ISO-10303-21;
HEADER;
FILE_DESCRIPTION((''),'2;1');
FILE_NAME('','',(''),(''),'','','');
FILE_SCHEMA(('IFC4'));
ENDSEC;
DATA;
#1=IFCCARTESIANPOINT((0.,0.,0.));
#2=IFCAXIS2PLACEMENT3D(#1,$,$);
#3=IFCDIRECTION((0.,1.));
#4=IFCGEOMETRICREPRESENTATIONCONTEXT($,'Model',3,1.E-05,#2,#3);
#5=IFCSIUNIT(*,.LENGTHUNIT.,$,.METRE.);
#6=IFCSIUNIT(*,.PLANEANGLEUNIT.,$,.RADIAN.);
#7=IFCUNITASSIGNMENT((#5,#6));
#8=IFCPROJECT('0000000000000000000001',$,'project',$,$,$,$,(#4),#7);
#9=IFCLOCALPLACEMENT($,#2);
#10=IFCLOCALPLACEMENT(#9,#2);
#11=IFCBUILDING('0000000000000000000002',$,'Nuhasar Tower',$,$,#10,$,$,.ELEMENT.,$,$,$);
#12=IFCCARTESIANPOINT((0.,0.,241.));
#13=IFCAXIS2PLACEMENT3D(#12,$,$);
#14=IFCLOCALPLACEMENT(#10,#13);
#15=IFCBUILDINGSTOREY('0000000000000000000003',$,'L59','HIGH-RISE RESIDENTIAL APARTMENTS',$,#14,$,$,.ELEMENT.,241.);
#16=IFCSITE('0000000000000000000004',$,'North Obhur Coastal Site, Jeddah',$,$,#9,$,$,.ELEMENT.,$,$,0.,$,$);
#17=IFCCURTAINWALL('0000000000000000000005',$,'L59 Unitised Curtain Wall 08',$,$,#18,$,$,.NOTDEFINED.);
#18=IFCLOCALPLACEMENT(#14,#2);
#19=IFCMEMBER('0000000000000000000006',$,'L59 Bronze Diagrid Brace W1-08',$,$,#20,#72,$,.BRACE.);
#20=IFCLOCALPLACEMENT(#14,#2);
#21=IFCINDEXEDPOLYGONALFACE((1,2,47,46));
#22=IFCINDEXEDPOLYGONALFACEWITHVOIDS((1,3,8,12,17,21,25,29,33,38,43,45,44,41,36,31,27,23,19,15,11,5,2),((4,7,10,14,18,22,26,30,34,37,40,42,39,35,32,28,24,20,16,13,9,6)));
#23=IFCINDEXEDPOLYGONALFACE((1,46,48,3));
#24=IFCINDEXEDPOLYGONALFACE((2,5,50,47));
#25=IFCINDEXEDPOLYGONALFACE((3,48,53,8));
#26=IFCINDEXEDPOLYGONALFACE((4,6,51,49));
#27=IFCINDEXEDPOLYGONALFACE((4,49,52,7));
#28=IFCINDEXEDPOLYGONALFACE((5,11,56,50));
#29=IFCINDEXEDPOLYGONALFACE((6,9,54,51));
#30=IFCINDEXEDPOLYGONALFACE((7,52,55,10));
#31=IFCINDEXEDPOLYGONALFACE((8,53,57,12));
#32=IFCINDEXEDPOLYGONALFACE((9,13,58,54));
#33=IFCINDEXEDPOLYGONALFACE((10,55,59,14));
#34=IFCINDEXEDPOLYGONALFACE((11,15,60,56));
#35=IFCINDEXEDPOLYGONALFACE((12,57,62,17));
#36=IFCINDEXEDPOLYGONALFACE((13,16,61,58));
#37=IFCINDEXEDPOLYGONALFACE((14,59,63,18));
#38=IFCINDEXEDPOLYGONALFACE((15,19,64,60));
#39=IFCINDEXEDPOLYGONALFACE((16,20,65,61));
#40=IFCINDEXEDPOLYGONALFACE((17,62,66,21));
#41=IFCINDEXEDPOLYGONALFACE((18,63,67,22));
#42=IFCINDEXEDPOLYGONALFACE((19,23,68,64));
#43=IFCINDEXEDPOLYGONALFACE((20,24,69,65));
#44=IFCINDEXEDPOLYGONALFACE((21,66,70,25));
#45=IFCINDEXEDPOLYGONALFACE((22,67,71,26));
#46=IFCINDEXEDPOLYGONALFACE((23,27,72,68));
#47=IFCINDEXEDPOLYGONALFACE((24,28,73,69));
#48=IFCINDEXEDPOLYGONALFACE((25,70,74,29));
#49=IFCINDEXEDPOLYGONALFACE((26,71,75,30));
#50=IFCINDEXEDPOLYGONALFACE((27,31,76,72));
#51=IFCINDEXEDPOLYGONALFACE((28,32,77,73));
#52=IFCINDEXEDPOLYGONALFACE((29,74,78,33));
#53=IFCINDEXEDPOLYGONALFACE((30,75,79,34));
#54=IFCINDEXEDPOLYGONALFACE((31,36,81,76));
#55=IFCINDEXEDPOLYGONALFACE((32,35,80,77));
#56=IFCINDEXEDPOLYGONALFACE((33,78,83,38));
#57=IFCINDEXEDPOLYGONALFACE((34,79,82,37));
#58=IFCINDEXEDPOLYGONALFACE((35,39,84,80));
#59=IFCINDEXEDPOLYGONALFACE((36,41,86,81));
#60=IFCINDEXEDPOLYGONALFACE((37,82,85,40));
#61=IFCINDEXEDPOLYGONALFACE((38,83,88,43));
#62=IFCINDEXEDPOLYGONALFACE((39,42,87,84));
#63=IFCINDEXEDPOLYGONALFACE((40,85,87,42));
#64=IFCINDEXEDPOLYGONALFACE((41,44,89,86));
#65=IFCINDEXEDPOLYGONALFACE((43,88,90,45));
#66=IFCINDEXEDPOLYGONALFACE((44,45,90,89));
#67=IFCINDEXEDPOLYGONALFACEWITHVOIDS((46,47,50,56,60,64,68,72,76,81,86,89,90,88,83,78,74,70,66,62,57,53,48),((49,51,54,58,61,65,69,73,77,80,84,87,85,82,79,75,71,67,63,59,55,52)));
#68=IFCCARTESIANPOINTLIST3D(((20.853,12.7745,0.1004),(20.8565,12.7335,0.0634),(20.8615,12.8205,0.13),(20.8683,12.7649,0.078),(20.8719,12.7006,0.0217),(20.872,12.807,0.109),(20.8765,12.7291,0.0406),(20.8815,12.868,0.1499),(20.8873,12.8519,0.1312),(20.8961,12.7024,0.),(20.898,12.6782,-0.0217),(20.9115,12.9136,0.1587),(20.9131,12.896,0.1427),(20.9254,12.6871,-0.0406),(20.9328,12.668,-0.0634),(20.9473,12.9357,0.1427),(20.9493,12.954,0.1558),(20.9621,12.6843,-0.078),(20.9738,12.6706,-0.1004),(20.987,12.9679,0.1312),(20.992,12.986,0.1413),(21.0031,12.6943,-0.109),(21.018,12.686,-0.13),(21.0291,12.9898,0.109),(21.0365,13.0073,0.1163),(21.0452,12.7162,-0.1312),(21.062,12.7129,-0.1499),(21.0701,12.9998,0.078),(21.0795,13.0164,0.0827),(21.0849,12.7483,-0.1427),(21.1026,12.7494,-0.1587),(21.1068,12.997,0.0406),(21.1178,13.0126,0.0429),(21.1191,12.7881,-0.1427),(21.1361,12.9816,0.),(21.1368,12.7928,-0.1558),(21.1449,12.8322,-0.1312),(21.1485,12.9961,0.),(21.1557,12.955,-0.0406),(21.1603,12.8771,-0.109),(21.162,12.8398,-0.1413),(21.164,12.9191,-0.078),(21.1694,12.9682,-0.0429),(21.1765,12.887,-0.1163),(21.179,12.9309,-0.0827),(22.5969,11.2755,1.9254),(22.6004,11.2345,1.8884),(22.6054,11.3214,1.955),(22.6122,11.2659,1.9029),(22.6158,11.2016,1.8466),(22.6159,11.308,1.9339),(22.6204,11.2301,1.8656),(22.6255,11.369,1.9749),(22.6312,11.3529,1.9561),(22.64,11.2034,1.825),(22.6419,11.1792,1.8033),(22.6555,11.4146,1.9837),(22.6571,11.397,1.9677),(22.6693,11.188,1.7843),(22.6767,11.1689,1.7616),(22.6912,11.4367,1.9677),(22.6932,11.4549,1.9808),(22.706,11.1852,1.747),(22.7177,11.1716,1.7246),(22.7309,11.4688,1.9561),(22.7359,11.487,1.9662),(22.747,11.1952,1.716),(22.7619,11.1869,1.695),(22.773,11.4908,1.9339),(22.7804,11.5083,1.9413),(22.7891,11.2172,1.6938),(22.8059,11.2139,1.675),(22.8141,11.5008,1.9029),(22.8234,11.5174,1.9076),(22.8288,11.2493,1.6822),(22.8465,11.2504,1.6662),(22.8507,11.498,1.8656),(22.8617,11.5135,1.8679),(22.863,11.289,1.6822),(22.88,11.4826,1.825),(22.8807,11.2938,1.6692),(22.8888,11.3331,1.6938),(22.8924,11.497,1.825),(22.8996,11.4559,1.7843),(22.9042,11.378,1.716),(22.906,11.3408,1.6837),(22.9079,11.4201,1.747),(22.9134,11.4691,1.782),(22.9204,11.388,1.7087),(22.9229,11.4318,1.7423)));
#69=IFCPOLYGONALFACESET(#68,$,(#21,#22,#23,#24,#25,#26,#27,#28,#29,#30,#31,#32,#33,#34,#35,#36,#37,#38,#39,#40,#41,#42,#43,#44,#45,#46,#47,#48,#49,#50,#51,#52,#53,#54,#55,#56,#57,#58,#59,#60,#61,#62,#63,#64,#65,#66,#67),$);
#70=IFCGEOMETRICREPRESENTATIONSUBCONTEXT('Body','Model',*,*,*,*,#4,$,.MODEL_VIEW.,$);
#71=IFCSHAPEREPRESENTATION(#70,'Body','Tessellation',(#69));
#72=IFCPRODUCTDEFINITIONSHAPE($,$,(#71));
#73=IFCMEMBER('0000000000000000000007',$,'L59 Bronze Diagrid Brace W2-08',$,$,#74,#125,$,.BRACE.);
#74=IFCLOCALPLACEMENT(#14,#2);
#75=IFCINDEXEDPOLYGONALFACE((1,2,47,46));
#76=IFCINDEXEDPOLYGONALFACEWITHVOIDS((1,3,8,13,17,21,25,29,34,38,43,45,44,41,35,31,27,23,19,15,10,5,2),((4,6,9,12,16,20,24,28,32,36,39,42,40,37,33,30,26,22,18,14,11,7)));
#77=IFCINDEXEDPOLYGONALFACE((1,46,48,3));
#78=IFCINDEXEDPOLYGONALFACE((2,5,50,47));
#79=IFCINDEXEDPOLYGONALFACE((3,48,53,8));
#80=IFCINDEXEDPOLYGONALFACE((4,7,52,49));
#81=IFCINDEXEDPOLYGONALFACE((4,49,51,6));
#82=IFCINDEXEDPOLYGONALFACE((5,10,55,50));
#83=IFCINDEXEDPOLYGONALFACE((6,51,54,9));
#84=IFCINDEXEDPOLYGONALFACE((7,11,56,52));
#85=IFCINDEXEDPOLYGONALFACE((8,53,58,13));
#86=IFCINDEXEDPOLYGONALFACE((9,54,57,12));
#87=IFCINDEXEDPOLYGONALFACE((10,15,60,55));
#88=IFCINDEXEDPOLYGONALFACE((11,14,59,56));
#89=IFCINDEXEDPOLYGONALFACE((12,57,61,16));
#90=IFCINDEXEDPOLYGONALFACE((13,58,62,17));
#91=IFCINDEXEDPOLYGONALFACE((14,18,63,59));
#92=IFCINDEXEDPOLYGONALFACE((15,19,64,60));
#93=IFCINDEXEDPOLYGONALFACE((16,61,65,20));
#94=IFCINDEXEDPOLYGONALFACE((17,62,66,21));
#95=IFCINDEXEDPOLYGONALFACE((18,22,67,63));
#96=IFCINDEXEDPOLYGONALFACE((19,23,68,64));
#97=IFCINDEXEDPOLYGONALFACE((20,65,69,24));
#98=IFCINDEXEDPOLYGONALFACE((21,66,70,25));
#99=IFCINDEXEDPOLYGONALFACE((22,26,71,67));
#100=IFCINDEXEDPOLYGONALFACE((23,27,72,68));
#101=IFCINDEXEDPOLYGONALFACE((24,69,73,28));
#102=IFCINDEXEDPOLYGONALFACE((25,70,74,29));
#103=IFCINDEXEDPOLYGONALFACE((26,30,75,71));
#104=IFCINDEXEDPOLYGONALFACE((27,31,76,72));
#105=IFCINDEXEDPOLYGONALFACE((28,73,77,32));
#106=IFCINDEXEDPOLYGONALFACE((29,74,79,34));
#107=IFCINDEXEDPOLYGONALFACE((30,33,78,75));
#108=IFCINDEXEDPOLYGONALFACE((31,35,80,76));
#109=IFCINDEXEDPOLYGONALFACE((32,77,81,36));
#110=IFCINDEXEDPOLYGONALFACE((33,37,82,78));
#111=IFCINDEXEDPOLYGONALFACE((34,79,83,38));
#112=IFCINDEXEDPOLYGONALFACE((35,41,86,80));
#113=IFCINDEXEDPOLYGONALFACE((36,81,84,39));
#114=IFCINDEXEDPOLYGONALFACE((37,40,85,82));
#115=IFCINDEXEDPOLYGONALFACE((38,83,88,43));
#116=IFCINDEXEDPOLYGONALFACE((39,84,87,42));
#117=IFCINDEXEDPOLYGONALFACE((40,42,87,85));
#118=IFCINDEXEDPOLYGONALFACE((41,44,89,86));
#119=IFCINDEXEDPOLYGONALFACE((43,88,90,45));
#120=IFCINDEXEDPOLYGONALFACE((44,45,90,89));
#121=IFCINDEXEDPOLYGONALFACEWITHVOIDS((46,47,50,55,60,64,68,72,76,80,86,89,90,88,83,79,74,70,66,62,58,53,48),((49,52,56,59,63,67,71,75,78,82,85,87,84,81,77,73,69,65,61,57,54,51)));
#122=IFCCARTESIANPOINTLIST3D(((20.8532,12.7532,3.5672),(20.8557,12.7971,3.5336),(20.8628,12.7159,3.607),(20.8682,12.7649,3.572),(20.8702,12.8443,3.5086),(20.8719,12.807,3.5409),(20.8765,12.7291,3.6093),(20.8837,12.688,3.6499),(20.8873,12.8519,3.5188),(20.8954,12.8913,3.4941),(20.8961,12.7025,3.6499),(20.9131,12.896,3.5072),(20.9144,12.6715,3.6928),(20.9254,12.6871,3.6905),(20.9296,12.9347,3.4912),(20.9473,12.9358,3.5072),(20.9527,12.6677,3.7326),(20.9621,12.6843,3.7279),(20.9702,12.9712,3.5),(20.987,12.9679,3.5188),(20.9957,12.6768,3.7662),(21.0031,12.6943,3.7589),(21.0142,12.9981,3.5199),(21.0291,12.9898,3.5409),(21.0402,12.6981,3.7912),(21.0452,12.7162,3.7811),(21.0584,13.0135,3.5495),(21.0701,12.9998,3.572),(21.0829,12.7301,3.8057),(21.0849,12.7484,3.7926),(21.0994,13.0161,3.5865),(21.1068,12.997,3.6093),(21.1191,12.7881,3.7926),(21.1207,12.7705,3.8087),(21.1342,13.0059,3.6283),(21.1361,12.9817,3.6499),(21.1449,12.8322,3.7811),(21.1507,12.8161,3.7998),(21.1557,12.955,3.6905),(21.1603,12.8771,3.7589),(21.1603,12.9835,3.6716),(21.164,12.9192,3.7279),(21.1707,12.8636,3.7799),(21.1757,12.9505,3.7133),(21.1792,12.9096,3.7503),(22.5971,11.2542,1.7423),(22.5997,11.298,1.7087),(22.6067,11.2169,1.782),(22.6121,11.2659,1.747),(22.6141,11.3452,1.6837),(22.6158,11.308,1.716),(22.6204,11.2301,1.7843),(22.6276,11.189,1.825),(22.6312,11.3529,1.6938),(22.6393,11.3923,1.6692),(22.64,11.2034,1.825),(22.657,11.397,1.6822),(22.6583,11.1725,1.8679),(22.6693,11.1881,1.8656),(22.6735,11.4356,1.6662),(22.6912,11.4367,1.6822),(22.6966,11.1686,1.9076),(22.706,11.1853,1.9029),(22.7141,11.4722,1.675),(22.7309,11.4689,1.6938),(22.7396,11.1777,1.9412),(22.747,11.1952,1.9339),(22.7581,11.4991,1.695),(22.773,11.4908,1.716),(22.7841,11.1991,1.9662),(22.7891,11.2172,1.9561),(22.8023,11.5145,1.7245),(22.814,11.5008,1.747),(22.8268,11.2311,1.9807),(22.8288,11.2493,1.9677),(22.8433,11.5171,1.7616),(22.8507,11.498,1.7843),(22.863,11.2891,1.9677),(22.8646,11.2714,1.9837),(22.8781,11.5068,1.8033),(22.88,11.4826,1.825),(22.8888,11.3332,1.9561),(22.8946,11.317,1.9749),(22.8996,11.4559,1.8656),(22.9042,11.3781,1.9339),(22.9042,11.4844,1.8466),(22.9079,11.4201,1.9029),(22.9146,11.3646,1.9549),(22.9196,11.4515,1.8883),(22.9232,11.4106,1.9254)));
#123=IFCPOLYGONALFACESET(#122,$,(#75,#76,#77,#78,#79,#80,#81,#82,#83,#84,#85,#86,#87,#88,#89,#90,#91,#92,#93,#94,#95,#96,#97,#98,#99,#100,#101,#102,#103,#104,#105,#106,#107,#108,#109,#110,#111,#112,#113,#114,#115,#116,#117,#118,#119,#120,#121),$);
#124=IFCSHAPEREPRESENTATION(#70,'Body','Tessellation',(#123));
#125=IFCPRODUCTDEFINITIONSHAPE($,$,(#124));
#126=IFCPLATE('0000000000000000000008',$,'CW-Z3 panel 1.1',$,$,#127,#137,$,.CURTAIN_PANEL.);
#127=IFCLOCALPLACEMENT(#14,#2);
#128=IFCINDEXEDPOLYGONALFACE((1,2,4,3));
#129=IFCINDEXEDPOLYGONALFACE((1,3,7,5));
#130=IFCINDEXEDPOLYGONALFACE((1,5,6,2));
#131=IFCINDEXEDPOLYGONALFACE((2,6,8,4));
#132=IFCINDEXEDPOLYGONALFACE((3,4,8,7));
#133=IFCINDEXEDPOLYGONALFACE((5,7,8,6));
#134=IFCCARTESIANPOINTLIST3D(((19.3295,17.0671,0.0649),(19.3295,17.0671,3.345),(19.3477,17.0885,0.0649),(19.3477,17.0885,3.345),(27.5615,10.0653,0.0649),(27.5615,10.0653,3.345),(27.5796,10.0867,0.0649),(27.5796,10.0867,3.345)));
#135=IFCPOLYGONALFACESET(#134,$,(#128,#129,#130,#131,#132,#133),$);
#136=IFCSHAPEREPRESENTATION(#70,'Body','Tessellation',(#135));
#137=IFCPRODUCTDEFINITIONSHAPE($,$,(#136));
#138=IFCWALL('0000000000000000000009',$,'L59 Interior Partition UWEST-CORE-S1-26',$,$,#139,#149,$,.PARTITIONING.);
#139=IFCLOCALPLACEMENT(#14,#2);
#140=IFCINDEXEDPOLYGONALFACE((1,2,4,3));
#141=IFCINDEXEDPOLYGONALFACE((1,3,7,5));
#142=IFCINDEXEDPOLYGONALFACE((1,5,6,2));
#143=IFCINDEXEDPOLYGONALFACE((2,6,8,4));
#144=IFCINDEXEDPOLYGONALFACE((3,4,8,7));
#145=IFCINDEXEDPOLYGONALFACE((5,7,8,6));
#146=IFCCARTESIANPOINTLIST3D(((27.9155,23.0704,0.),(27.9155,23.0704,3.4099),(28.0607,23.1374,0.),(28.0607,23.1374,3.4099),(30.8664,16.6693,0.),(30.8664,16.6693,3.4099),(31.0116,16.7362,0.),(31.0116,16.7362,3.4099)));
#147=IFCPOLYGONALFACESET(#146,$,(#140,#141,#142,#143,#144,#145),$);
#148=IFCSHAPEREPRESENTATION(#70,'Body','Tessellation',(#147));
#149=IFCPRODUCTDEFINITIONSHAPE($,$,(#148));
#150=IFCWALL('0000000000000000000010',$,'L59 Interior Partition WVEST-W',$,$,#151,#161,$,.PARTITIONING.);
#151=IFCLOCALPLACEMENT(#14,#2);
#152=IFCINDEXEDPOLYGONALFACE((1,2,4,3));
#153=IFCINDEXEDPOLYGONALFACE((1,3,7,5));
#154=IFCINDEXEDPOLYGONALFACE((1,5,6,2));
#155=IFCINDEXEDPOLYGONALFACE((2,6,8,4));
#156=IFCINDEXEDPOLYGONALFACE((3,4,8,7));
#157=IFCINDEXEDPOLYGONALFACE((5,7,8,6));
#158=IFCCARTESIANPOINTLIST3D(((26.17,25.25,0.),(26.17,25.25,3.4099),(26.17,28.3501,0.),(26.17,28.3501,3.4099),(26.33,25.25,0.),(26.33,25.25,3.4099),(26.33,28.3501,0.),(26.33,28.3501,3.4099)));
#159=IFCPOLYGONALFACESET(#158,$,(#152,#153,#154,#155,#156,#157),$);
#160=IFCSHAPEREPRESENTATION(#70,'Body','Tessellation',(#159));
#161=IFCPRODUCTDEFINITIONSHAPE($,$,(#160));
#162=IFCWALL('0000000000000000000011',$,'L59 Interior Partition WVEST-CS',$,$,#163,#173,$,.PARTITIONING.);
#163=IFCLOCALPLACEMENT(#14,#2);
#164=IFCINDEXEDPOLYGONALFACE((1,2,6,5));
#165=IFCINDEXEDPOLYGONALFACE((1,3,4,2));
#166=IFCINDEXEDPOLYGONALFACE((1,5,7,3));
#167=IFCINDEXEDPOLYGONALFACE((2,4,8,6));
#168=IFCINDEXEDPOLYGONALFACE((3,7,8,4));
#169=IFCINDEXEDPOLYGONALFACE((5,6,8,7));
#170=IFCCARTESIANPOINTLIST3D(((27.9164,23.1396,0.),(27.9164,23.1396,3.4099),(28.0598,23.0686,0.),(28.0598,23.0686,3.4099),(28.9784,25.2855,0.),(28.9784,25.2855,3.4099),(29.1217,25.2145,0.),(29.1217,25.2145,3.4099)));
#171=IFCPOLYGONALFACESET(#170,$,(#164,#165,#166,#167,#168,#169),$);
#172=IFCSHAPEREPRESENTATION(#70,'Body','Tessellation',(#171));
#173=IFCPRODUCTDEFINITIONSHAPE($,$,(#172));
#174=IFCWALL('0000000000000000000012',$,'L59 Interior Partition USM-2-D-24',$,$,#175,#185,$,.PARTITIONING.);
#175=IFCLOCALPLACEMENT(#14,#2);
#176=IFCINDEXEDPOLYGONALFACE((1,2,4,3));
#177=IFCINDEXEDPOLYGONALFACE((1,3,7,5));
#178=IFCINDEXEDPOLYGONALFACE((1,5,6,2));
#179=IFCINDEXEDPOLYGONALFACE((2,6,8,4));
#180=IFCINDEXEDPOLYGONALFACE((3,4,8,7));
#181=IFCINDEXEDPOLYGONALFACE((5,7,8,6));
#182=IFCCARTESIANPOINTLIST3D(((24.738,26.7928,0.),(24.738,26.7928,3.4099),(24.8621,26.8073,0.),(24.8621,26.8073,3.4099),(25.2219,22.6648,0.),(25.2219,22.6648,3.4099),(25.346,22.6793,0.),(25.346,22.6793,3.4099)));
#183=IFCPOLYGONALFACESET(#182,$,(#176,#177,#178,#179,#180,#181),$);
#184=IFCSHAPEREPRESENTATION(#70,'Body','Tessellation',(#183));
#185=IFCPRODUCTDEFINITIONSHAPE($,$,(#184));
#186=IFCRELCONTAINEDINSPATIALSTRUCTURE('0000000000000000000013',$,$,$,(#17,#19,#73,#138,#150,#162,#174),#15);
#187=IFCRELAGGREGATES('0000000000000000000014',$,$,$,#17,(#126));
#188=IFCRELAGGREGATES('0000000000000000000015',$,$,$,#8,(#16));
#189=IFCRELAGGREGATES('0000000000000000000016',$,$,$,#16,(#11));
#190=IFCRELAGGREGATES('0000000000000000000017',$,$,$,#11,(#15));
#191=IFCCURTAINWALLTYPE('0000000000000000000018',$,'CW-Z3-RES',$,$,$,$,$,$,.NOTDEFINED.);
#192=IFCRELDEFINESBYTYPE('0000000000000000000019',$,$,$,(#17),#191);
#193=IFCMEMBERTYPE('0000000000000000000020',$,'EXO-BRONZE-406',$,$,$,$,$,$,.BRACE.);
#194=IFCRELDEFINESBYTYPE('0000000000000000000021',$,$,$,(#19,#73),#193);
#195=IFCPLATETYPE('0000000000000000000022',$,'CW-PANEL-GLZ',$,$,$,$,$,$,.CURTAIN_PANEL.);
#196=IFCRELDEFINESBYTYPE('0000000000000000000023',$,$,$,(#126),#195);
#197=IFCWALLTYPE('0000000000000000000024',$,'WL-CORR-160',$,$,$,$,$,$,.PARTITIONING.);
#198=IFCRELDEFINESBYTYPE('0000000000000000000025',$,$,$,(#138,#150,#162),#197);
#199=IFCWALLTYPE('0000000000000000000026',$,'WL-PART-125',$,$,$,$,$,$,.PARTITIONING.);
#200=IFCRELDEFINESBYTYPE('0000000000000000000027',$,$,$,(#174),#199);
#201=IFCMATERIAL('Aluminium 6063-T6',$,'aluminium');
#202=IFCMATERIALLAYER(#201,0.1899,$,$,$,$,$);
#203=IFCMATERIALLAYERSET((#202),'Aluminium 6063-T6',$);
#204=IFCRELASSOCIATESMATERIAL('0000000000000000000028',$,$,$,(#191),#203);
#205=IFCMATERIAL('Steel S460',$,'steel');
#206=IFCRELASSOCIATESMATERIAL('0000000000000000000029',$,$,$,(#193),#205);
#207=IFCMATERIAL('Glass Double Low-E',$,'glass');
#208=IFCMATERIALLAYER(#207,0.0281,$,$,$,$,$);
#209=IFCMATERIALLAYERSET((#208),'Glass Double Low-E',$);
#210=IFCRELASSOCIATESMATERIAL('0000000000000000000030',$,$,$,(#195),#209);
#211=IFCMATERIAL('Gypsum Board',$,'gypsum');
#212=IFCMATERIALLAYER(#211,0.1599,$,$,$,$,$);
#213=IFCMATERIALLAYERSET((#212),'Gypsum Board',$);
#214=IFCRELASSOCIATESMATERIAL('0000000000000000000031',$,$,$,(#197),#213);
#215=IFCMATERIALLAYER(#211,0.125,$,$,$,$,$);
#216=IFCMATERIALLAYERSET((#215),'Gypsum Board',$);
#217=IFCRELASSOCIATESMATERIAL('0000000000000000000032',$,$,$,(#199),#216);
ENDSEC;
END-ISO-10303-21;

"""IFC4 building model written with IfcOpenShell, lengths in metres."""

from ifc_helpers import new_model, si_unit, direction, frame, frame_2d, origin, origin_2d, place, context, subcontext, project, spatial, rectangle, hollow_circle, extrude, material, layer, layer_set, material_profile, profile_set, type_object, element, aggregate, save


model = new_model("IFC4")

# Units and contexts
model_context = context("Model", 3, precision=1e-05, world=origin(), true_north=direction((0.0, 1.0)))
body_context = subcontext(model_context, "Body", "Model", "MODEL_VIEW")
ifc_project = project(units=[si_unit("LENGTHUNIT", "METRE"), si_unit("PLANEANGLEUNIT", "RADIAN")], contexts=[model_context])

# Site, building, storey
site_placement = place(None, origin())
site = spatial("IfcSite", under=ifc_project, at=site_placement, Name="North Obhur Coastal Site, Jeddah", CompositionType="ELEMENT", RefElevation=0.0)
building_placement = place(site_placement, origin())
building = spatial("IfcBuilding", under=site, at=building_placement, Name="Nuhasar Tower", CompositionType="ELEMENT")
storey_placement = place(building_placement, frame((0.0, 0.0, 241.0)))
storey = spatial("IfcBuildingStorey", under=building, at=storey_placement, Name="L59", Description="HIGH-RISE RESIDENTIAL APARTMENTS", CompositionType="ELEMENT", Elevation=241.0)

# Curtain wall
ifc_material_1 = material(Name="Aluminium 6063-T6", Category="aluminium")
ifc_layer_1 = layer(ifc_material_1, 0.1899)
ifc_layer_set_1 = layer_set([ifc_layer_1], Name="Aluminium 6063-T6")
curtain_wall_type = type_object("IfcCurtainWallType", Name="CW-Z3-RES", PredefinedType="NOTDEFINED", material=ifc_layer_set_1)
curtain_wall_1_placement = place(storey_placement, origin())
curtain_wall_1 = element("IfcCurtainWall", 1, at=curtain_wall_1_placement, inside=storey, type_object=curtain_wall_type, Name="L59 Unitised Curtain Wall 08", PredefinedType="NOTDEFINED")

# Members
ifc_material_2 = material(Name="Steel S460", Category="steel")
ifc_material_profile_1 = material_profile(ifc_material_2, hollow_circle(Radius=0.2031, WallThickness=0.019, at=origin_2d()), Name="HSS406.4X19.1")
ifc_profile_set_1 = profile_set([ifc_material_profile_1], Name="Steel S460")
member_type_1 = type_object("IfcMemberType", Name="EXO-BRONZE-406", PredefinedType="BRACE", material=ifc_profile_set_1)
for number, where, z_axis, x_axis, name in (
    (2, (21.0161, 12.842, 0.0), (0.594019, -0.510608, 0.621628), (0.651857, 0.758342, 0.0), "L59 Bronze Diagrid Brace W1-08"),
    (3, (22.76, 11.343, 1.825), (-0.594019, 0.510608, 0.621628), (-0.651857, -0.758342, 0.0), "L59 Bronze Diagrid Brace W2-08"),
):
    element("IfcMember", number, at=place(storey_placement, frame(where, z_axis=z_axis, x_axis=x_axis)), inside=storey, type_object=member_type_1, Name=name, PredefinedType="BRACE", context=body_context, shape_type="SweptSolid", body=[
        extrude(hollow_circle(Radius=0.2031, WallThickness=0.019, at=origin_2d()), origin(), (0.0, 0.0, 1.0), 2.9358),
    ])

# Plate
ifc_material_3 = material(Name="Glass Double Low-E", Category="glass")
ifc_layer_2 = layer(ifc_material_3, 0.0281)
ifc_layer_set_2 = layer_set([ifc_layer_2], Name="Glass Double Low-E")
plate_type = type_object("IfcPlateType", Name="CW-PANEL-GLZ", PredefinedType="CURTAIN_PANEL", material=ifc_layer_set_2)
plate_placement = place(storey_placement, frame((23.4546, 13.5769, 0.0649), z_axis=(0.0, 0.0, 1.0), x_axis=(0.761729, -0.647895, 0.0)))
plate = element("IfcPlate", 4, at=plate_placement, type_object=plate_type, Name="CW-Z3 panel 1.1", PredefinedType="CURTAIN_PANEL", context=body_context, shape_type="SweptSolid", body=[
    extrude(rectangle(XDim=10.8069, YDim=0.0281, at=origin_2d()), origin(), (0.0, 0.0, 1.0), 3.28),
])
aggregate(curtain_wall_1, [plate])

# Wall
ifc_material_4 = material(Name="Gypsum Board", Category="gypsum")
ifc_layer_3 = layer(ifc_material_4, 0.1599)
ifc_layer_set_3 = layer_set([ifc_layer_3], Name="Gypsum Board")
wall_type_1 = type_object("IfcWallType", Name="WL-CORR-160", PredefinedType="PARTITIONING", material=ifc_layer_set_3)
wall_1_placement = place(storey_placement, frame((27.988, 23.104, 0.0), z_axis=(0.0, 0.0, 1.0), x_axis=(0.418656, -0.908145, 0.0)))
element("IfcWall", 5, at=wall_1_placement, inside=storey, type_object=wall_type_1, Name="L59 Interior Partition UWEST-CORE-S1-26", PredefinedType="PARTITIONING", context=body_context, shape_type="SweptSolid", body=[
    extrude(rectangle(XDim=7.0486, YDim=0.1599, at=frame_2d((3.5244, 0.0))), origin(), (0.0, 0.0, 1.0), 3.4099),
])

# Walls
wall_2_placement = place(storey_placement, frame((26.25, 25.25, 0.0), z_axis=(0.0, 0.0, 1.0), x_axis=(0.0, 1.0, 0.0)))
element("IfcWall", 6, at=wall_2_placement, inside=storey, type_object=wall_type_1, Name="L59 Interior Partition WVEST-W", PredefinedType="PARTITIONING", context=body_context, shape_type="SweptSolid", body=[
    extrude(rectangle(XDim=3.1001, YDim=0.1599, at=frame_2d((1.55, 0.0))), origin(), (0.0, 0.0, 1.0), 3.4099),
])
wall_3_placement = place(storey_placement, frame((27.988, 23.104, 0.0), z_axis=(0.0, 0.0, 1.0), x_axis=(0.443539, 0.896255, 0.0)))
element("IfcWall", 7, at=wall_3_placement, inside=storey, type_object=wall_type_1, Name="L59 Interior Partition WVEST-CS", PredefinedType="PARTITIONING", context=body_context, shape_type="SweptSolid", body=[
    extrude(rectangle(XDim=2.3943, YDim=0.1599, at=frame_2d((1.1973, 0.0))), origin(), (0.0, 0.0, 1.0), 3.4099),
])
ifc_layer_4 = layer(ifc_material_4, 0.125)
ifc_layer_set_4 = layer_set([ifc_layer_4], Name="Gypsum Board")
wall_type_2 = type_object("IfcWallType", Name="WL-PART-125", PredefinedType="PARTITIONING", material=ifc_layer_set_4)
wall_4_placement = place(storey_placement, frame((24.8, 26.8, 0.0), z_axis=(0.0, 0.0, 1.0), x_axis=(0.116425, -0.993199, 0.0)))
element("IfcWall", 8, at=wall_4_placement, inside=storey, type_object=wall_type_2, Name="L59 Interior Partition USM-2-D-24", PredefinedType="PARTITIONING", context=body_context, shape_type="SweptSolid", body=[
    extrude(rectangle(XDim=4.1562, YDim=0.125, at=frame_2d((2.0781, 0.0))), origin(), (0.0, 0.0, 1.0), 3.4099),
])

save(model, "model.ifc")
